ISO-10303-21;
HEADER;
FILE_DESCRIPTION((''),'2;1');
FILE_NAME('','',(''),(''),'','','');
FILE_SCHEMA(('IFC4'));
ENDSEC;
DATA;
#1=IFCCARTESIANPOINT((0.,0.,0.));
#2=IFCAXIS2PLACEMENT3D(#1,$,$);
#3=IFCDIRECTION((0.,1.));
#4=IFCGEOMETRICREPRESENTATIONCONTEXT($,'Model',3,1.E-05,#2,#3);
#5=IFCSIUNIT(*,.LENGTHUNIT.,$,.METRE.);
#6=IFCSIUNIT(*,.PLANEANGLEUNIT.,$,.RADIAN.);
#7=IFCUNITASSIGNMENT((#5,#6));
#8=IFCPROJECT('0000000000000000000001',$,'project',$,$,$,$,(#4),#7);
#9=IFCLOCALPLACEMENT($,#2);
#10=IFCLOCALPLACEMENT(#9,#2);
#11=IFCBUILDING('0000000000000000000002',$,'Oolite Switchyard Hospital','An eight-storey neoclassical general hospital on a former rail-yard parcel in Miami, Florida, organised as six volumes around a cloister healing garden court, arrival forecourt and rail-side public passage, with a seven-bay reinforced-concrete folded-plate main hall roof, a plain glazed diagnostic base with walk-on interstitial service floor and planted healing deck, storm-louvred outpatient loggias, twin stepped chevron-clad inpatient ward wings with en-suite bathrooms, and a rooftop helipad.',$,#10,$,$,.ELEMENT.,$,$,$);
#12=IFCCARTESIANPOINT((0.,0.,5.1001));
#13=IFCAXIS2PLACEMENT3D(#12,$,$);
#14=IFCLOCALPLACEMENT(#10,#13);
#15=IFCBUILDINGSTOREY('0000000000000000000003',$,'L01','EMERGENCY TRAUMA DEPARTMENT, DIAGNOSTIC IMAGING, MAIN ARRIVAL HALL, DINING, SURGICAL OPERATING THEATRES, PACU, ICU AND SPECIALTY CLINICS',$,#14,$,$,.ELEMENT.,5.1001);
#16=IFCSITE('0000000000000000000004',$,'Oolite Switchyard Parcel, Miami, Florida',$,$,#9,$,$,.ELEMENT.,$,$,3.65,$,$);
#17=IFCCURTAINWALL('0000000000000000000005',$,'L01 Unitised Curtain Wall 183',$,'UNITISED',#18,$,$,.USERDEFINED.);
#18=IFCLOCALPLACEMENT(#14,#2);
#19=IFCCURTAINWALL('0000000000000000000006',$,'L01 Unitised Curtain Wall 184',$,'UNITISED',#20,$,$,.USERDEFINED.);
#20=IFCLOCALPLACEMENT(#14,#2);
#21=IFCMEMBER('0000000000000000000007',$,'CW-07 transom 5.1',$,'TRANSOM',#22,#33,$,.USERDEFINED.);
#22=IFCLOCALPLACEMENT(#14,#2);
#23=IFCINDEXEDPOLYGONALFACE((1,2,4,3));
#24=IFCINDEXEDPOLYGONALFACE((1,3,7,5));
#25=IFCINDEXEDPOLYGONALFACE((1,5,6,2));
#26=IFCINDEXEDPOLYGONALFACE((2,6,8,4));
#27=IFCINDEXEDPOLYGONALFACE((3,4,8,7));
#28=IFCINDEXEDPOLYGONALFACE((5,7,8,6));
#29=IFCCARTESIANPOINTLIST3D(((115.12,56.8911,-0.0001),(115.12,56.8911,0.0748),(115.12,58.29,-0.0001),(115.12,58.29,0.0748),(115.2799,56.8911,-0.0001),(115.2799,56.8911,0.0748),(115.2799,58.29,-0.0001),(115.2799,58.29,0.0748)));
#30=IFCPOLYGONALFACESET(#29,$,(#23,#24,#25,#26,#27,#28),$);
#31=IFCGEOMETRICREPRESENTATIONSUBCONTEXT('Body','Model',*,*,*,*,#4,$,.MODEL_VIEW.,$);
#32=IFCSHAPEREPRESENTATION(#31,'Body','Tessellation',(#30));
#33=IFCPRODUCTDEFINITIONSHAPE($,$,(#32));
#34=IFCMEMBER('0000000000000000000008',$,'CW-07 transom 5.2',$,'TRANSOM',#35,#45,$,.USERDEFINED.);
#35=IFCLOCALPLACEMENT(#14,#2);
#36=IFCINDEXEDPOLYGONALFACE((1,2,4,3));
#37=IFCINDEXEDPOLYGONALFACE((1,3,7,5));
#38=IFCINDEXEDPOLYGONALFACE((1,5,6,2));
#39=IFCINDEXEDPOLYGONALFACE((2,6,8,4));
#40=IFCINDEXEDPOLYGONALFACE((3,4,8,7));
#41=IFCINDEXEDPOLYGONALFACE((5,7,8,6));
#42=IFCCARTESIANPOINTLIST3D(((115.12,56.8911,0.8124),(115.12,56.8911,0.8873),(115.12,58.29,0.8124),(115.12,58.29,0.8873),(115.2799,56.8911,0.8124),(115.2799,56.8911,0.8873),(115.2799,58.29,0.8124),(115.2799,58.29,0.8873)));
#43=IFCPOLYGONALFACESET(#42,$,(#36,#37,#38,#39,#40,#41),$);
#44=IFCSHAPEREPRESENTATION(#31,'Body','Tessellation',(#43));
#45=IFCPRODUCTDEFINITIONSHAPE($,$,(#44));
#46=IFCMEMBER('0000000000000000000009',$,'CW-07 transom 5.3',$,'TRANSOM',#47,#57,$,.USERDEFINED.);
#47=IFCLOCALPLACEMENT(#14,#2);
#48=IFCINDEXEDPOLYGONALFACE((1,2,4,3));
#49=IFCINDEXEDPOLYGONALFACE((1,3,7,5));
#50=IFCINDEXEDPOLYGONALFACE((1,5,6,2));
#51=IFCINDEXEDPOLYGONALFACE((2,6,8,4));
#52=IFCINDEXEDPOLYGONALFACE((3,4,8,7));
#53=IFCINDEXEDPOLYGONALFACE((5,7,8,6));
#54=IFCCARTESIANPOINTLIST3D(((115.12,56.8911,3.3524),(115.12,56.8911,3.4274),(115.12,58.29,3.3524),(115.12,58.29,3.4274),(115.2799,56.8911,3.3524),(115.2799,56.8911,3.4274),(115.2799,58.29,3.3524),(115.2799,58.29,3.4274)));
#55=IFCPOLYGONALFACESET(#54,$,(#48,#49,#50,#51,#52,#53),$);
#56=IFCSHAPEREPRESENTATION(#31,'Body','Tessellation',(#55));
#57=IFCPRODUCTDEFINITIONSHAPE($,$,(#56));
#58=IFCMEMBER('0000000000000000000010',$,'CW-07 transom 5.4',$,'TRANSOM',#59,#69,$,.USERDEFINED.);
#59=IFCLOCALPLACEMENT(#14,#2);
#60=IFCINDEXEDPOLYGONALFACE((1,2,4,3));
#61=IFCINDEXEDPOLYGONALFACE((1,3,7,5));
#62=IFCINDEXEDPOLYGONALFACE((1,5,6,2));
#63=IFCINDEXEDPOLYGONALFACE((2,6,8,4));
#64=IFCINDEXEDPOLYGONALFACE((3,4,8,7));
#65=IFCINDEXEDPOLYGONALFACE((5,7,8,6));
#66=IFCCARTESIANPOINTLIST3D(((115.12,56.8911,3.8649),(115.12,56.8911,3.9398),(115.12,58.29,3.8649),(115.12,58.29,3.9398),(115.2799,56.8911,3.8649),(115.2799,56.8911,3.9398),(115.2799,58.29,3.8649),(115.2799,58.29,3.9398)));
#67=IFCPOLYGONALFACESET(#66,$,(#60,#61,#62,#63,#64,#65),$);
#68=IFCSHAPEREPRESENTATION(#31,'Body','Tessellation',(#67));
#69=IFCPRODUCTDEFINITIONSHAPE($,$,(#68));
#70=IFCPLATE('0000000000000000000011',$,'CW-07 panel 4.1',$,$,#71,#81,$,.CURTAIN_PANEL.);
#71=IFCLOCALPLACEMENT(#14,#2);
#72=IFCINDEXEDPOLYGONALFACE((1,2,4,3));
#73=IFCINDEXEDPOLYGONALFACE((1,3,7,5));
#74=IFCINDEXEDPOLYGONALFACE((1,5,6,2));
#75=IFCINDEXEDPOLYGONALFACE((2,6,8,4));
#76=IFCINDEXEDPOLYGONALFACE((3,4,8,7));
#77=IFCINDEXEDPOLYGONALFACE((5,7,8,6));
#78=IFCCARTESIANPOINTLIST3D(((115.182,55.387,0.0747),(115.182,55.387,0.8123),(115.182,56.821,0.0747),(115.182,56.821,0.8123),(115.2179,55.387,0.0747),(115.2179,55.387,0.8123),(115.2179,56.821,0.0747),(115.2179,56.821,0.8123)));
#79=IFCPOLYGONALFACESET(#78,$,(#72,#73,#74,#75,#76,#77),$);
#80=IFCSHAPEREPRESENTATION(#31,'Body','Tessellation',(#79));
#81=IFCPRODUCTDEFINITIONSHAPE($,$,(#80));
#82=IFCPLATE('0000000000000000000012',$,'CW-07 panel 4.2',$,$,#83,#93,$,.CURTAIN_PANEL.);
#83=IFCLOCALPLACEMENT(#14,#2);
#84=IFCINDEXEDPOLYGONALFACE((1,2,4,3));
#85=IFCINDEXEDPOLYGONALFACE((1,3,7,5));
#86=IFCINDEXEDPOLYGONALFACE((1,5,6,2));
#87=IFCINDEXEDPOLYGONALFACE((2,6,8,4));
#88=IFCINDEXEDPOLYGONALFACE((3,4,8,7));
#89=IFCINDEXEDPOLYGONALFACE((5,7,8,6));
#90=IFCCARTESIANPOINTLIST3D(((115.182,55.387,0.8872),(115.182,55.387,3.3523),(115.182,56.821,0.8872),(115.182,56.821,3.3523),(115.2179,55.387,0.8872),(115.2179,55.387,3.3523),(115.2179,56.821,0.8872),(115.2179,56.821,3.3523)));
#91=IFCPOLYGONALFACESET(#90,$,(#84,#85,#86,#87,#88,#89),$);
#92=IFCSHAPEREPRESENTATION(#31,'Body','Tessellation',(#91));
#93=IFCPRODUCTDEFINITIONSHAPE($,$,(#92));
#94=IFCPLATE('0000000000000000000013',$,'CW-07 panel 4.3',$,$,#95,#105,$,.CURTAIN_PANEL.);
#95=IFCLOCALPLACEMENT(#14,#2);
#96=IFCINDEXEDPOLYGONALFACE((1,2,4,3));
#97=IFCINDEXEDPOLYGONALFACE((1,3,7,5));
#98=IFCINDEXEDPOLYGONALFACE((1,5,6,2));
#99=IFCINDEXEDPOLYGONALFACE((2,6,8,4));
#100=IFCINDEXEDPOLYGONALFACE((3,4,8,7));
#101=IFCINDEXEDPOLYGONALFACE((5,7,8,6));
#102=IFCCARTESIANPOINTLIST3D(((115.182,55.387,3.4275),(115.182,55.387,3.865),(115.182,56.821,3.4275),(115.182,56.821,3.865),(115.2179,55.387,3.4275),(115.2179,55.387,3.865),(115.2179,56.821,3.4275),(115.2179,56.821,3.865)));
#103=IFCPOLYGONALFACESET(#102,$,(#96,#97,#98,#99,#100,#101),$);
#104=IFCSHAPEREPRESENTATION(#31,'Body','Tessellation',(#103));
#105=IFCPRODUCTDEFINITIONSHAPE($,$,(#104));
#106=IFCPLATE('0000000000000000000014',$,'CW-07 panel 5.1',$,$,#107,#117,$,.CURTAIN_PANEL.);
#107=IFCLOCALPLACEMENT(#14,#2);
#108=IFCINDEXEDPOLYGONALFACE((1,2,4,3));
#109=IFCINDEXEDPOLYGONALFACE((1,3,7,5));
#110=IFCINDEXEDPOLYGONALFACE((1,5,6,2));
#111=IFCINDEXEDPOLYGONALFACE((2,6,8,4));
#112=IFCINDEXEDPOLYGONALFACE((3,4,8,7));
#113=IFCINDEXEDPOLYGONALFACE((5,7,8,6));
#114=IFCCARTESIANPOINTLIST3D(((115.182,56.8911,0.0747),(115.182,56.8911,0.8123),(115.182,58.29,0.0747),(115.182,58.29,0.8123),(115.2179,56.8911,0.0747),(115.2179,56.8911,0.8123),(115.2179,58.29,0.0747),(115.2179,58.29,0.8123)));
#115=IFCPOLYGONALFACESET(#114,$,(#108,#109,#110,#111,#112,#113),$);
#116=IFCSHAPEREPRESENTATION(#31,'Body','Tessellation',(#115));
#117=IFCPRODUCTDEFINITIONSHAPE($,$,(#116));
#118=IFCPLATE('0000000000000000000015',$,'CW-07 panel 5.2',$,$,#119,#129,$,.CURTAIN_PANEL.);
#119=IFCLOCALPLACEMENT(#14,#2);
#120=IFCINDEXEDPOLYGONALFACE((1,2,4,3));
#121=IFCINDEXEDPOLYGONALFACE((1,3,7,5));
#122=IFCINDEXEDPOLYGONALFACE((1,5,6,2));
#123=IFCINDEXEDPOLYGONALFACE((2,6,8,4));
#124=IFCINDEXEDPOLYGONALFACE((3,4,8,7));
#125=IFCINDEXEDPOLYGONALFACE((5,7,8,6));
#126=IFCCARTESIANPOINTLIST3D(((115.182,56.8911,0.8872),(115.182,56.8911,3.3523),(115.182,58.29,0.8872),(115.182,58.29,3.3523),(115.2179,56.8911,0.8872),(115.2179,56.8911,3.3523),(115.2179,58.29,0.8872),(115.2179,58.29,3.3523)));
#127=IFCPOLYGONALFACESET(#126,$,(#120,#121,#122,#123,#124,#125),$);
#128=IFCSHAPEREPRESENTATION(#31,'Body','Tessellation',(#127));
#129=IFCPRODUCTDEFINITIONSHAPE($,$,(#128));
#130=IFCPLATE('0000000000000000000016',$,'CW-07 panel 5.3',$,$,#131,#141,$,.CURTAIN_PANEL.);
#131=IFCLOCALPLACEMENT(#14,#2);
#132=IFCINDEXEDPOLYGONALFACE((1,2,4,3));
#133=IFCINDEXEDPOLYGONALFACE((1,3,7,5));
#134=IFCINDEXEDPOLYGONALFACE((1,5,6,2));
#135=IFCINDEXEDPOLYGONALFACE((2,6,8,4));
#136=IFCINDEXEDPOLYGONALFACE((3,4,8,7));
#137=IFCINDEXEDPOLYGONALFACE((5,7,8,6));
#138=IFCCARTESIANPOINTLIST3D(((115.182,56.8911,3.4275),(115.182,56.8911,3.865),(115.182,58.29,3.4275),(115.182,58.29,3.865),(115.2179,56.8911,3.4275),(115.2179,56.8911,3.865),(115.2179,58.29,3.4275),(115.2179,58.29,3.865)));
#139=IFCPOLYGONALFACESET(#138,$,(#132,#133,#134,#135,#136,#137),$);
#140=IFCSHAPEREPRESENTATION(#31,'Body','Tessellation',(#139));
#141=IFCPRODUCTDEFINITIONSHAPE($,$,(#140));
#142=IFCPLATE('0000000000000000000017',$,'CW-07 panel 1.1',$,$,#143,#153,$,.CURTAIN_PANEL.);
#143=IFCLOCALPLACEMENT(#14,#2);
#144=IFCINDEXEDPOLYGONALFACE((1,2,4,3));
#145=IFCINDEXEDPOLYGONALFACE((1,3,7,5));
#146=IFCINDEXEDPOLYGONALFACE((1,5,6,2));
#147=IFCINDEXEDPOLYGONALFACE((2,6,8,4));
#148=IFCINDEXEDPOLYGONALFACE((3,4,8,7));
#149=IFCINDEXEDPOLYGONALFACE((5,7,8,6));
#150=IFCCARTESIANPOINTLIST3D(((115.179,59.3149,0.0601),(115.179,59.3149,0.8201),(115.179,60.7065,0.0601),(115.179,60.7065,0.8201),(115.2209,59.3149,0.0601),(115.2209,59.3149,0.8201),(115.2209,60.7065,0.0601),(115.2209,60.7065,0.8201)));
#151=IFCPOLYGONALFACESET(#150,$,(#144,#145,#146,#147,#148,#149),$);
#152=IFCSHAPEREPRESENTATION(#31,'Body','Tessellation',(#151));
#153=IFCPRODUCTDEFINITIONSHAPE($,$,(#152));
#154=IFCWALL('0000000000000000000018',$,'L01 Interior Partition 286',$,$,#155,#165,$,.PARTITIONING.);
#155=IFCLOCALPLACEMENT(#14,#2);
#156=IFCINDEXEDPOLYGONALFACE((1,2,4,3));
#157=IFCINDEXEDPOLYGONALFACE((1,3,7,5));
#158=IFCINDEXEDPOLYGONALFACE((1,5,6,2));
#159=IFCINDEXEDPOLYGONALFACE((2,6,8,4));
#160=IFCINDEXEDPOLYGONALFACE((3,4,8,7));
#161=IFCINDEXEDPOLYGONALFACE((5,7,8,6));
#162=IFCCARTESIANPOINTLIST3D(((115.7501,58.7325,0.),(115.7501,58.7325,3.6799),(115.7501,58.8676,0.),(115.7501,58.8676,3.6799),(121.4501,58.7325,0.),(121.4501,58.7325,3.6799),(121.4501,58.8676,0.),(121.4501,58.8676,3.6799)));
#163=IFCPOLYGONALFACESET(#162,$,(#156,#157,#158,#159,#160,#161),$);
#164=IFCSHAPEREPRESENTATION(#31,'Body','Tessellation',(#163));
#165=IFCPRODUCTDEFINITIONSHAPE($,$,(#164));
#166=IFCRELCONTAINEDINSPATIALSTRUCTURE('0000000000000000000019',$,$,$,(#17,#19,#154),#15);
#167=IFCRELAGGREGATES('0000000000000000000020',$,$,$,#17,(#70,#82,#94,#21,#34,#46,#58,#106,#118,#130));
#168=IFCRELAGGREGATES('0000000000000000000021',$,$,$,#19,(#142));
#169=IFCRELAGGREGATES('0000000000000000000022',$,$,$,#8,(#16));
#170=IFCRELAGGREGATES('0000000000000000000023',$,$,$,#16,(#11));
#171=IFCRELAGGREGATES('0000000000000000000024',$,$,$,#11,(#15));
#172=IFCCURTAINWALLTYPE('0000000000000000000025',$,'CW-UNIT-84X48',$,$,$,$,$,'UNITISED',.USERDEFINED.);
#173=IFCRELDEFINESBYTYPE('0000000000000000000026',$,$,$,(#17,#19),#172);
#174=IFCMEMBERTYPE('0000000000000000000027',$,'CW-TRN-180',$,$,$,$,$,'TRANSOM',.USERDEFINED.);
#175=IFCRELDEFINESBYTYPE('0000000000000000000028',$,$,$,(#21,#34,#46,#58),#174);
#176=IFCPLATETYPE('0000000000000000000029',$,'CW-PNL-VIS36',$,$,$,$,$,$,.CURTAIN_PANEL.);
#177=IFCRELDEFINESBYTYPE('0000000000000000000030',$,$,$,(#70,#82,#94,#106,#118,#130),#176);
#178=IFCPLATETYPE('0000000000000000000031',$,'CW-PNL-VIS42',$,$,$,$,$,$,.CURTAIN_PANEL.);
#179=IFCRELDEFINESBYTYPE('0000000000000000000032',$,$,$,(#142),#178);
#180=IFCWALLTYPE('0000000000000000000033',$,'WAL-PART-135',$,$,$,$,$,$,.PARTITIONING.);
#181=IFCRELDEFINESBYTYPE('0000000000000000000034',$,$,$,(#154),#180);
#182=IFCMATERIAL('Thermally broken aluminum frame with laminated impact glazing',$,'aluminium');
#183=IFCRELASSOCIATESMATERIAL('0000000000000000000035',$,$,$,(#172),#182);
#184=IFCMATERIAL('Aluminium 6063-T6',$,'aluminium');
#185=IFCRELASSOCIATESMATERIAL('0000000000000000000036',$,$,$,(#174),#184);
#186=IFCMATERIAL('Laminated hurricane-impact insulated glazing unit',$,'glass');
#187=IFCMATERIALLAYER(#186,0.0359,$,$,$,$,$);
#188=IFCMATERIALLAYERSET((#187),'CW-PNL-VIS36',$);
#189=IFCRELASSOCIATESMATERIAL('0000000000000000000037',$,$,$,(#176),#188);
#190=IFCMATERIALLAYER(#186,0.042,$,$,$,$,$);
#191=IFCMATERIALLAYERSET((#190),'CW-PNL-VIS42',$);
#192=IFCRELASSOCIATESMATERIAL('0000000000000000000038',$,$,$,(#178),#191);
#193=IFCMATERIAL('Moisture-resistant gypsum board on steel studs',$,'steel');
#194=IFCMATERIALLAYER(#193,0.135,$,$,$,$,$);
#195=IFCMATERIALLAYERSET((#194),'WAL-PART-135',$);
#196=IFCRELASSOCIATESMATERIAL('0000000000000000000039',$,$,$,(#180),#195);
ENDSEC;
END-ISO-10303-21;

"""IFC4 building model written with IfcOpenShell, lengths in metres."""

from ifc_helpers import new_model, si_unit, direction, frame, frame_2d, origin, origin_2d, place, context, subcontext, project, spatial, rectangle, extrude, material, layer, layer_set, material_profile, profile_set, type_object, element, aggregate, save


model = new_model("IFC4")

# Units and contexts
model_context = context("Model", 3, precision=1e-05, world=origin(), true_north=direction((0.0, 1.0)))
body_context = subcontext(model_context, "Body", "Model", "MODEL_VIEW")
ifc_project = project(units=[si_unit("LENGTHUNIT", "METRE"), si_unit("PLANEANGLEUNIT", "RADIAN")], contexts=[model_context])

# Site, building, storey
site_placement = place(None, origin())
site = spatial("IfcSite", under=ifc_project, at=site_placement, Name="Oolite Switchyard Parcel, Miami, Florida", CompositionType="ELEMENT", RefElevation=3.65)
building_placement = place(site_placement, origin())
building = spatial("IfcBuilding", under=site, at=building_placement, Name="Oolite Switchyard Hospital", Description="An eight-storey neoclassical general hospital on a former rail-yard parcel in Miami, Florida, organised as six volumes around a cloister healing garden court, arrival forecourt and rail-side public passage, with a seven-bay reinforced-concrete folded-plate main hall roof, a plain glazed diagnostic base with walk-on interstitial service floor and planted healing deck, storm-louvred outpatient loggias, twin stepped chevron-clad inpatient ward wings with en-suite bathrooms, and a rooftop helipad.", CompositionType="ELEMENT")
storey_placement = place(building_placement, frame((0.0, 0.0, 5.1001)))
storey = spatial("IfcBuildingStorey", under=building, at=storey_placement, Name="L01", Description="EMERGENCY TRAUMA DEPARTMENT, DIAGNOSTIC IMAGING, MAIN ARRIVAL HALL, DINING, SURGICAL OPERATING THEATRES, PACU, ICU AND SPECIALTY CLINICS", CompositionType="ELEMENT", Elevation=5.1001)

# Curtain walls
ifc_material_1 = material(Name="Thermally broken aluminum frame with laminated impact glazing", Category="aluminium")
curtain_wall_type = type_object("IfcCurtainWallType", Name="CW-UNIT-84X48", ElementType="UNITISED", PredefinedType="USERDEFINED", material=ifc_material_1)
curtain_wall_1_placement = place(storey_placement, origin())
curtain_wall_1 = element("IfcCurtainWall", 1, at=curtain_wall_1_placement, inside=storey, type_object=curtain_wall_type, Name="L01 Unitised Curtain Wall 183", ObjectType="UNITISED", PredefinedType="USERDEFINED")
ifc_material_2 = material(Name="Aluminium 6063-T6", Category="aluminium")
curtain_wall_2_placement = place(storey_placement, origin())
curtain_wall_2 = element("IfcCurtainWall", 2, at=curtain_wall_2_placement, inside=storey, type_object=curtain_wall_type, Name="L01 Unitised Curtain Wall 184", ObjectType="UNITISED", PredefinedType="USERDEFINED")

# Members
ifc_material_profile_1 = material_profile(ifc_material_2, rectangle(XDim=0.1599, YDim=0.075, at=origin_2d()), Name="CWT75X160")
ifc_profile_set_1 = profile_set([ifc_material_profile_1], Name="Aluminium 6063-T6")
member_type_1 = type_object("IfcMemberType", Name="CW-TRN-180", ElementType="TRANSOM", PredefinedType="USERDEFINED", material=ifc_profile_set_1)
member_1_placement = place(storey_placement, frame((115.2, 56.8911, 0.0374), z_axis=(0.0, 1.0, 0.0), x_axis=(-1.0, 0.0, 0.0)))
member_1 = element("IfcMember", 3, at=member_1_placement, type_object=member_type_1, Name="CW-07 transom 5.1", ObjectType="TRANSOM", PredefinedType="USERDEFINED", context=body_context, shape_type="SweptSolid", body=[
    extrude(rectangle(XDim=0.1599, YDim=0.075, at=origin_2d()), origin(), (0.0, 0.0, 1.0), 1.3989),
])
member_2_placement = place(storey_placement, frame((115.2, 56.8911, 0.8499), z_axis=(0.0, 1.0, 0.0), x_axis=(-1.0, 0.0, 0.0)))
member_2 = element("IfcMember", 4, at=member_2_placement, type_object=member_type_1, Name="CW-07 transom 5.2", ObjectType="TRANSOM", PredefinedType="USERDEFINED", context=body_context, shape_type="SweptSolid", body=[
    extrude(rectangle(XDim=0.1599, YDim=0.075, at=origin_2d()), origin(), (0.0, 0.0, 1.0), 1.3989),
])
member_3_placement = place(storey_placement, frame((115.2, 56.8911, 3.3899), z_axis=(0.0, 1.0, 0.0), x_axis=(-1.0, 0.0, 0.0)))
member_3 = element("IfcMember", 5, at=member_3_placement, type_object=member_type_1, Name="CW-07 transom 5.3", ObjectType="TRANSOM", PredefinedType="USERDEFINED", context=body_context, shape_type="SweptSolid", body=[
    extrude(rectangle(XDim=0.1599, YDim=0.075, at=origin_2d()), origin(), (0.0, 0.0, 1.0), 1.3989),
])
member_4_placement = place(storey_placement, frame((115.2, 56.8911, 3.9023), z_axis=(0.0, 1.0, 0.0), x_axis=(-1.0, 0.0, 0.0)))
member_4 = element("IfcMember", 6, at=member_4_placement, type_object=member_type_1, Name="CW-07 transom 5.4", ObjectType="TRANSOM", PredefinedType="USERDEFINED", context=body_context, shape_type="SweptSolid", body=[
    extrude(rectangle(XDim=0.1599, YDim=0.075, at=origin_2d()), origin(), (0.0, 0.0, 1.0), 1.3989),
])

# Plates
ifc_material_3 = material(Name="Laminated hurricane-impact insulated glazing unit", Category="glass")
ifc_layer_1 = layer(ifc_material_3, 0.0359)
ifc_layer_set_1 = layer_set([ifc_layer_1], Name="CW-PNL-VIS36")
plate_type_1 = type_object("IfcPlateType", Name="CW-PNL-VIS36", PredefinedType="CURTAIN_PANEL", material=ifc_layer_set_1)
plate_1_placement = place(storey_placement, frame((115.2, 56.104, 0.0747), z_axis=(0.0, 0.0, 1.0), x_axis=(0.0, 1.0, 0.0)))
plate_1 = element("IfcPlate", 7, at=plate_1_placement, type_object=plate_type_1, Name="CW-07 panel 4.1", PredefinedType="CURTAIN_PANEL", context=body_context, shape_type="SweptSolid", body=[
    extrude(rectangle(XDim=1.4341, YDim=0.0359, at=origin_2d()), origin(), (0.0, 0.0, 1.0), 0.7375),
])
plate_2_placement = place(storey_placement, frame((115.2, 56.104, 0.8872), z_axis=(0.0, 0.0, 1.0), x_axis=(0.0, 1.0, 0.0)))
plate_2 = element("IfcPlate", 8, at=plate_2_placement, type_object=plate_type_1, Name="CW-07 panel 4.2", PredefinedType="CURTAIN_PANEL", context=body_context, shape_type="SweptSolid", body=[
    extrude(rectangle(XDim=1.4341, YDim=0.0359, at=origin_2d()), origin(), (0.0, 0.0, 1.0), 2.4651),
])
plate_3_placement = place(storey_placement, frame((115.2, 56.104, 3.4275), z_axis=(0.0, 0.0, 1.0), x_axis=(0.0, 1.0, 0.0)))
plate_3 = element("IfcPlate", 9, at=plate_3_placement, type_object=plate_type_1, Name="CW-07 panel 4.3", PredefinedType="CURTAIN_PANEL", context=body_context, shape_type="SweptSolid", body=[
    extrude(rectangle(XDim=1.4341, YDim=0.0359, at=origin_2d()), origin(), (0.0, 0.0, 1.0), 0.4375),
])
plate_4_placement = place(storey_placement, frame((115.2, 57.5906, 0.0747), z_axis=(0.0, 0.0, 1.0), x_axis=(0.0, 1.0, 0.0)))
plate_4 = element("IfcPlate", 10, at=plate_4_placement, type_object=plate_type_1, Name="CW-07 panel 5.1", PredefinedType="CURTAIN_PANEL", context=body_context, shape_type="SweptSolid", body=[
    extrude(rectangle(XDim=1.3989, YDim=0.0359, at=origin_2d()), origin(), (0.0, 0.0, 1.0), 0.7375),
])
plate_5_placement = place(storey_placement, frame((115.2, 57.5906, 0.8872), z_axis=(0.0, 0.0, 1.0), x_axis=(0.0, 1.0, 0.0)))
plate_5 = element("IfcPlate", 11, at=plate_5_placement, type_object=plate_type_1, Name="CW-07 panel 5.2", PredefinedType="CURTAIN_PANEL", context=body_context, shape_type="SweptSolid", body=[
    extrude(rectangle(XDim=1.3989, YDim=0.0359, at=origin_2d()), origin(), (0.0, 0.0, 1.0), 2.4651),
])
plate_6_placement = place(storey_placement, frame((115.2, 57.5906, 3.4275), z_axis=(0.0, 0.0, 1.0), x_axis=(0.0, 1.0, 0.0)))
plate_6 = element("IfcPlate", 12, at=plate_6_placement, type_object=plate_type_1, Name="CW-07 panel 5.3", PredefinedType="CURTAIN_PANEL", context=body_context, shape_type="SweptSolid", body=[
    extrude(rectangle(XDim=1.3989, YDim=0.0359, at=origin_2d()), origin(), (0.0, 0.0, 1.0), 0.4375),
])
aggregate(curtain_wall_1, [plate_1, plate_2, plate_3, member_1, member_2, member_3, member_4, plate_4, plate_5, plate_6])
ifc_layer_2 = layer(ifc_material_3, 0.042)
ifc_layer_set_2 = layer_set([ifc_layer_2], Name="CW-PNL-VIS42")
plate_type_2 = type_object("IfcPlateType", Name="CW-PNL-VIS42", PredefinedType="CURTAIN_PANEL", material=ifc_layer_set_2)
plate_7_placement = place(storey_placement, frame((115.2, 60.0107, 0.0601), z_axis=(0.0, 0.0, 1.0), x_axis=(0.0, 1.0, 0.0)))
plate_7 = element("IfcPlate", 13, at=plate_7_placement, type_object=plate_type_2, Name="CW-07 panel 1.1", PredefinedType="CURTAIN_PANEL", context=body_context, shape_type="SweptSolid", body=[
    extrude(rectangle(XDim=1.3916, YDim=0.042, at=origin_2d()), origin(), (0.0, 0.0, 1.0), 0.76),
])
aggregate(curtain_wall_2, [plate_7])

# Wall
ifc_material_4 = material(Name="Moisture-resistant gypsum board on steel studs", Category="steel")
ifc_layer_3 = layer(ifc_material_4, 0.135)
ifc_layer_set_3 = layer_set([ifc_layer_3], Name="WAL-PART-135")
wall_type_1 = type_object("IfcWallType", Name="WAL-PART-135", PredefinedType="PARTITIONING", material=ifc_layer_set_3)
wall_1_placement = place(storey_placement, frame((115.75, 58.8, 0.0), z_axis=(0.0, 0.0, 1.0), x_axis=(1.0, 0.0, 0.0)))
element("IfcWall", 14, at=wall_1_placement, inside=storey, type_object=wall_type_1, Name="L01 Interior Partition 286", PredefinedType="PARTITIONING", context=body_context, shape_type="SweptSolid", body=[
    extrude(rectangle(XDim=5.7, YDim=0.135, at=frame_2d((2.8501, 0.0))), origin(), (0.0, 0.0, 1.0), 3.6799),
])

save(model, "model.ifc")
